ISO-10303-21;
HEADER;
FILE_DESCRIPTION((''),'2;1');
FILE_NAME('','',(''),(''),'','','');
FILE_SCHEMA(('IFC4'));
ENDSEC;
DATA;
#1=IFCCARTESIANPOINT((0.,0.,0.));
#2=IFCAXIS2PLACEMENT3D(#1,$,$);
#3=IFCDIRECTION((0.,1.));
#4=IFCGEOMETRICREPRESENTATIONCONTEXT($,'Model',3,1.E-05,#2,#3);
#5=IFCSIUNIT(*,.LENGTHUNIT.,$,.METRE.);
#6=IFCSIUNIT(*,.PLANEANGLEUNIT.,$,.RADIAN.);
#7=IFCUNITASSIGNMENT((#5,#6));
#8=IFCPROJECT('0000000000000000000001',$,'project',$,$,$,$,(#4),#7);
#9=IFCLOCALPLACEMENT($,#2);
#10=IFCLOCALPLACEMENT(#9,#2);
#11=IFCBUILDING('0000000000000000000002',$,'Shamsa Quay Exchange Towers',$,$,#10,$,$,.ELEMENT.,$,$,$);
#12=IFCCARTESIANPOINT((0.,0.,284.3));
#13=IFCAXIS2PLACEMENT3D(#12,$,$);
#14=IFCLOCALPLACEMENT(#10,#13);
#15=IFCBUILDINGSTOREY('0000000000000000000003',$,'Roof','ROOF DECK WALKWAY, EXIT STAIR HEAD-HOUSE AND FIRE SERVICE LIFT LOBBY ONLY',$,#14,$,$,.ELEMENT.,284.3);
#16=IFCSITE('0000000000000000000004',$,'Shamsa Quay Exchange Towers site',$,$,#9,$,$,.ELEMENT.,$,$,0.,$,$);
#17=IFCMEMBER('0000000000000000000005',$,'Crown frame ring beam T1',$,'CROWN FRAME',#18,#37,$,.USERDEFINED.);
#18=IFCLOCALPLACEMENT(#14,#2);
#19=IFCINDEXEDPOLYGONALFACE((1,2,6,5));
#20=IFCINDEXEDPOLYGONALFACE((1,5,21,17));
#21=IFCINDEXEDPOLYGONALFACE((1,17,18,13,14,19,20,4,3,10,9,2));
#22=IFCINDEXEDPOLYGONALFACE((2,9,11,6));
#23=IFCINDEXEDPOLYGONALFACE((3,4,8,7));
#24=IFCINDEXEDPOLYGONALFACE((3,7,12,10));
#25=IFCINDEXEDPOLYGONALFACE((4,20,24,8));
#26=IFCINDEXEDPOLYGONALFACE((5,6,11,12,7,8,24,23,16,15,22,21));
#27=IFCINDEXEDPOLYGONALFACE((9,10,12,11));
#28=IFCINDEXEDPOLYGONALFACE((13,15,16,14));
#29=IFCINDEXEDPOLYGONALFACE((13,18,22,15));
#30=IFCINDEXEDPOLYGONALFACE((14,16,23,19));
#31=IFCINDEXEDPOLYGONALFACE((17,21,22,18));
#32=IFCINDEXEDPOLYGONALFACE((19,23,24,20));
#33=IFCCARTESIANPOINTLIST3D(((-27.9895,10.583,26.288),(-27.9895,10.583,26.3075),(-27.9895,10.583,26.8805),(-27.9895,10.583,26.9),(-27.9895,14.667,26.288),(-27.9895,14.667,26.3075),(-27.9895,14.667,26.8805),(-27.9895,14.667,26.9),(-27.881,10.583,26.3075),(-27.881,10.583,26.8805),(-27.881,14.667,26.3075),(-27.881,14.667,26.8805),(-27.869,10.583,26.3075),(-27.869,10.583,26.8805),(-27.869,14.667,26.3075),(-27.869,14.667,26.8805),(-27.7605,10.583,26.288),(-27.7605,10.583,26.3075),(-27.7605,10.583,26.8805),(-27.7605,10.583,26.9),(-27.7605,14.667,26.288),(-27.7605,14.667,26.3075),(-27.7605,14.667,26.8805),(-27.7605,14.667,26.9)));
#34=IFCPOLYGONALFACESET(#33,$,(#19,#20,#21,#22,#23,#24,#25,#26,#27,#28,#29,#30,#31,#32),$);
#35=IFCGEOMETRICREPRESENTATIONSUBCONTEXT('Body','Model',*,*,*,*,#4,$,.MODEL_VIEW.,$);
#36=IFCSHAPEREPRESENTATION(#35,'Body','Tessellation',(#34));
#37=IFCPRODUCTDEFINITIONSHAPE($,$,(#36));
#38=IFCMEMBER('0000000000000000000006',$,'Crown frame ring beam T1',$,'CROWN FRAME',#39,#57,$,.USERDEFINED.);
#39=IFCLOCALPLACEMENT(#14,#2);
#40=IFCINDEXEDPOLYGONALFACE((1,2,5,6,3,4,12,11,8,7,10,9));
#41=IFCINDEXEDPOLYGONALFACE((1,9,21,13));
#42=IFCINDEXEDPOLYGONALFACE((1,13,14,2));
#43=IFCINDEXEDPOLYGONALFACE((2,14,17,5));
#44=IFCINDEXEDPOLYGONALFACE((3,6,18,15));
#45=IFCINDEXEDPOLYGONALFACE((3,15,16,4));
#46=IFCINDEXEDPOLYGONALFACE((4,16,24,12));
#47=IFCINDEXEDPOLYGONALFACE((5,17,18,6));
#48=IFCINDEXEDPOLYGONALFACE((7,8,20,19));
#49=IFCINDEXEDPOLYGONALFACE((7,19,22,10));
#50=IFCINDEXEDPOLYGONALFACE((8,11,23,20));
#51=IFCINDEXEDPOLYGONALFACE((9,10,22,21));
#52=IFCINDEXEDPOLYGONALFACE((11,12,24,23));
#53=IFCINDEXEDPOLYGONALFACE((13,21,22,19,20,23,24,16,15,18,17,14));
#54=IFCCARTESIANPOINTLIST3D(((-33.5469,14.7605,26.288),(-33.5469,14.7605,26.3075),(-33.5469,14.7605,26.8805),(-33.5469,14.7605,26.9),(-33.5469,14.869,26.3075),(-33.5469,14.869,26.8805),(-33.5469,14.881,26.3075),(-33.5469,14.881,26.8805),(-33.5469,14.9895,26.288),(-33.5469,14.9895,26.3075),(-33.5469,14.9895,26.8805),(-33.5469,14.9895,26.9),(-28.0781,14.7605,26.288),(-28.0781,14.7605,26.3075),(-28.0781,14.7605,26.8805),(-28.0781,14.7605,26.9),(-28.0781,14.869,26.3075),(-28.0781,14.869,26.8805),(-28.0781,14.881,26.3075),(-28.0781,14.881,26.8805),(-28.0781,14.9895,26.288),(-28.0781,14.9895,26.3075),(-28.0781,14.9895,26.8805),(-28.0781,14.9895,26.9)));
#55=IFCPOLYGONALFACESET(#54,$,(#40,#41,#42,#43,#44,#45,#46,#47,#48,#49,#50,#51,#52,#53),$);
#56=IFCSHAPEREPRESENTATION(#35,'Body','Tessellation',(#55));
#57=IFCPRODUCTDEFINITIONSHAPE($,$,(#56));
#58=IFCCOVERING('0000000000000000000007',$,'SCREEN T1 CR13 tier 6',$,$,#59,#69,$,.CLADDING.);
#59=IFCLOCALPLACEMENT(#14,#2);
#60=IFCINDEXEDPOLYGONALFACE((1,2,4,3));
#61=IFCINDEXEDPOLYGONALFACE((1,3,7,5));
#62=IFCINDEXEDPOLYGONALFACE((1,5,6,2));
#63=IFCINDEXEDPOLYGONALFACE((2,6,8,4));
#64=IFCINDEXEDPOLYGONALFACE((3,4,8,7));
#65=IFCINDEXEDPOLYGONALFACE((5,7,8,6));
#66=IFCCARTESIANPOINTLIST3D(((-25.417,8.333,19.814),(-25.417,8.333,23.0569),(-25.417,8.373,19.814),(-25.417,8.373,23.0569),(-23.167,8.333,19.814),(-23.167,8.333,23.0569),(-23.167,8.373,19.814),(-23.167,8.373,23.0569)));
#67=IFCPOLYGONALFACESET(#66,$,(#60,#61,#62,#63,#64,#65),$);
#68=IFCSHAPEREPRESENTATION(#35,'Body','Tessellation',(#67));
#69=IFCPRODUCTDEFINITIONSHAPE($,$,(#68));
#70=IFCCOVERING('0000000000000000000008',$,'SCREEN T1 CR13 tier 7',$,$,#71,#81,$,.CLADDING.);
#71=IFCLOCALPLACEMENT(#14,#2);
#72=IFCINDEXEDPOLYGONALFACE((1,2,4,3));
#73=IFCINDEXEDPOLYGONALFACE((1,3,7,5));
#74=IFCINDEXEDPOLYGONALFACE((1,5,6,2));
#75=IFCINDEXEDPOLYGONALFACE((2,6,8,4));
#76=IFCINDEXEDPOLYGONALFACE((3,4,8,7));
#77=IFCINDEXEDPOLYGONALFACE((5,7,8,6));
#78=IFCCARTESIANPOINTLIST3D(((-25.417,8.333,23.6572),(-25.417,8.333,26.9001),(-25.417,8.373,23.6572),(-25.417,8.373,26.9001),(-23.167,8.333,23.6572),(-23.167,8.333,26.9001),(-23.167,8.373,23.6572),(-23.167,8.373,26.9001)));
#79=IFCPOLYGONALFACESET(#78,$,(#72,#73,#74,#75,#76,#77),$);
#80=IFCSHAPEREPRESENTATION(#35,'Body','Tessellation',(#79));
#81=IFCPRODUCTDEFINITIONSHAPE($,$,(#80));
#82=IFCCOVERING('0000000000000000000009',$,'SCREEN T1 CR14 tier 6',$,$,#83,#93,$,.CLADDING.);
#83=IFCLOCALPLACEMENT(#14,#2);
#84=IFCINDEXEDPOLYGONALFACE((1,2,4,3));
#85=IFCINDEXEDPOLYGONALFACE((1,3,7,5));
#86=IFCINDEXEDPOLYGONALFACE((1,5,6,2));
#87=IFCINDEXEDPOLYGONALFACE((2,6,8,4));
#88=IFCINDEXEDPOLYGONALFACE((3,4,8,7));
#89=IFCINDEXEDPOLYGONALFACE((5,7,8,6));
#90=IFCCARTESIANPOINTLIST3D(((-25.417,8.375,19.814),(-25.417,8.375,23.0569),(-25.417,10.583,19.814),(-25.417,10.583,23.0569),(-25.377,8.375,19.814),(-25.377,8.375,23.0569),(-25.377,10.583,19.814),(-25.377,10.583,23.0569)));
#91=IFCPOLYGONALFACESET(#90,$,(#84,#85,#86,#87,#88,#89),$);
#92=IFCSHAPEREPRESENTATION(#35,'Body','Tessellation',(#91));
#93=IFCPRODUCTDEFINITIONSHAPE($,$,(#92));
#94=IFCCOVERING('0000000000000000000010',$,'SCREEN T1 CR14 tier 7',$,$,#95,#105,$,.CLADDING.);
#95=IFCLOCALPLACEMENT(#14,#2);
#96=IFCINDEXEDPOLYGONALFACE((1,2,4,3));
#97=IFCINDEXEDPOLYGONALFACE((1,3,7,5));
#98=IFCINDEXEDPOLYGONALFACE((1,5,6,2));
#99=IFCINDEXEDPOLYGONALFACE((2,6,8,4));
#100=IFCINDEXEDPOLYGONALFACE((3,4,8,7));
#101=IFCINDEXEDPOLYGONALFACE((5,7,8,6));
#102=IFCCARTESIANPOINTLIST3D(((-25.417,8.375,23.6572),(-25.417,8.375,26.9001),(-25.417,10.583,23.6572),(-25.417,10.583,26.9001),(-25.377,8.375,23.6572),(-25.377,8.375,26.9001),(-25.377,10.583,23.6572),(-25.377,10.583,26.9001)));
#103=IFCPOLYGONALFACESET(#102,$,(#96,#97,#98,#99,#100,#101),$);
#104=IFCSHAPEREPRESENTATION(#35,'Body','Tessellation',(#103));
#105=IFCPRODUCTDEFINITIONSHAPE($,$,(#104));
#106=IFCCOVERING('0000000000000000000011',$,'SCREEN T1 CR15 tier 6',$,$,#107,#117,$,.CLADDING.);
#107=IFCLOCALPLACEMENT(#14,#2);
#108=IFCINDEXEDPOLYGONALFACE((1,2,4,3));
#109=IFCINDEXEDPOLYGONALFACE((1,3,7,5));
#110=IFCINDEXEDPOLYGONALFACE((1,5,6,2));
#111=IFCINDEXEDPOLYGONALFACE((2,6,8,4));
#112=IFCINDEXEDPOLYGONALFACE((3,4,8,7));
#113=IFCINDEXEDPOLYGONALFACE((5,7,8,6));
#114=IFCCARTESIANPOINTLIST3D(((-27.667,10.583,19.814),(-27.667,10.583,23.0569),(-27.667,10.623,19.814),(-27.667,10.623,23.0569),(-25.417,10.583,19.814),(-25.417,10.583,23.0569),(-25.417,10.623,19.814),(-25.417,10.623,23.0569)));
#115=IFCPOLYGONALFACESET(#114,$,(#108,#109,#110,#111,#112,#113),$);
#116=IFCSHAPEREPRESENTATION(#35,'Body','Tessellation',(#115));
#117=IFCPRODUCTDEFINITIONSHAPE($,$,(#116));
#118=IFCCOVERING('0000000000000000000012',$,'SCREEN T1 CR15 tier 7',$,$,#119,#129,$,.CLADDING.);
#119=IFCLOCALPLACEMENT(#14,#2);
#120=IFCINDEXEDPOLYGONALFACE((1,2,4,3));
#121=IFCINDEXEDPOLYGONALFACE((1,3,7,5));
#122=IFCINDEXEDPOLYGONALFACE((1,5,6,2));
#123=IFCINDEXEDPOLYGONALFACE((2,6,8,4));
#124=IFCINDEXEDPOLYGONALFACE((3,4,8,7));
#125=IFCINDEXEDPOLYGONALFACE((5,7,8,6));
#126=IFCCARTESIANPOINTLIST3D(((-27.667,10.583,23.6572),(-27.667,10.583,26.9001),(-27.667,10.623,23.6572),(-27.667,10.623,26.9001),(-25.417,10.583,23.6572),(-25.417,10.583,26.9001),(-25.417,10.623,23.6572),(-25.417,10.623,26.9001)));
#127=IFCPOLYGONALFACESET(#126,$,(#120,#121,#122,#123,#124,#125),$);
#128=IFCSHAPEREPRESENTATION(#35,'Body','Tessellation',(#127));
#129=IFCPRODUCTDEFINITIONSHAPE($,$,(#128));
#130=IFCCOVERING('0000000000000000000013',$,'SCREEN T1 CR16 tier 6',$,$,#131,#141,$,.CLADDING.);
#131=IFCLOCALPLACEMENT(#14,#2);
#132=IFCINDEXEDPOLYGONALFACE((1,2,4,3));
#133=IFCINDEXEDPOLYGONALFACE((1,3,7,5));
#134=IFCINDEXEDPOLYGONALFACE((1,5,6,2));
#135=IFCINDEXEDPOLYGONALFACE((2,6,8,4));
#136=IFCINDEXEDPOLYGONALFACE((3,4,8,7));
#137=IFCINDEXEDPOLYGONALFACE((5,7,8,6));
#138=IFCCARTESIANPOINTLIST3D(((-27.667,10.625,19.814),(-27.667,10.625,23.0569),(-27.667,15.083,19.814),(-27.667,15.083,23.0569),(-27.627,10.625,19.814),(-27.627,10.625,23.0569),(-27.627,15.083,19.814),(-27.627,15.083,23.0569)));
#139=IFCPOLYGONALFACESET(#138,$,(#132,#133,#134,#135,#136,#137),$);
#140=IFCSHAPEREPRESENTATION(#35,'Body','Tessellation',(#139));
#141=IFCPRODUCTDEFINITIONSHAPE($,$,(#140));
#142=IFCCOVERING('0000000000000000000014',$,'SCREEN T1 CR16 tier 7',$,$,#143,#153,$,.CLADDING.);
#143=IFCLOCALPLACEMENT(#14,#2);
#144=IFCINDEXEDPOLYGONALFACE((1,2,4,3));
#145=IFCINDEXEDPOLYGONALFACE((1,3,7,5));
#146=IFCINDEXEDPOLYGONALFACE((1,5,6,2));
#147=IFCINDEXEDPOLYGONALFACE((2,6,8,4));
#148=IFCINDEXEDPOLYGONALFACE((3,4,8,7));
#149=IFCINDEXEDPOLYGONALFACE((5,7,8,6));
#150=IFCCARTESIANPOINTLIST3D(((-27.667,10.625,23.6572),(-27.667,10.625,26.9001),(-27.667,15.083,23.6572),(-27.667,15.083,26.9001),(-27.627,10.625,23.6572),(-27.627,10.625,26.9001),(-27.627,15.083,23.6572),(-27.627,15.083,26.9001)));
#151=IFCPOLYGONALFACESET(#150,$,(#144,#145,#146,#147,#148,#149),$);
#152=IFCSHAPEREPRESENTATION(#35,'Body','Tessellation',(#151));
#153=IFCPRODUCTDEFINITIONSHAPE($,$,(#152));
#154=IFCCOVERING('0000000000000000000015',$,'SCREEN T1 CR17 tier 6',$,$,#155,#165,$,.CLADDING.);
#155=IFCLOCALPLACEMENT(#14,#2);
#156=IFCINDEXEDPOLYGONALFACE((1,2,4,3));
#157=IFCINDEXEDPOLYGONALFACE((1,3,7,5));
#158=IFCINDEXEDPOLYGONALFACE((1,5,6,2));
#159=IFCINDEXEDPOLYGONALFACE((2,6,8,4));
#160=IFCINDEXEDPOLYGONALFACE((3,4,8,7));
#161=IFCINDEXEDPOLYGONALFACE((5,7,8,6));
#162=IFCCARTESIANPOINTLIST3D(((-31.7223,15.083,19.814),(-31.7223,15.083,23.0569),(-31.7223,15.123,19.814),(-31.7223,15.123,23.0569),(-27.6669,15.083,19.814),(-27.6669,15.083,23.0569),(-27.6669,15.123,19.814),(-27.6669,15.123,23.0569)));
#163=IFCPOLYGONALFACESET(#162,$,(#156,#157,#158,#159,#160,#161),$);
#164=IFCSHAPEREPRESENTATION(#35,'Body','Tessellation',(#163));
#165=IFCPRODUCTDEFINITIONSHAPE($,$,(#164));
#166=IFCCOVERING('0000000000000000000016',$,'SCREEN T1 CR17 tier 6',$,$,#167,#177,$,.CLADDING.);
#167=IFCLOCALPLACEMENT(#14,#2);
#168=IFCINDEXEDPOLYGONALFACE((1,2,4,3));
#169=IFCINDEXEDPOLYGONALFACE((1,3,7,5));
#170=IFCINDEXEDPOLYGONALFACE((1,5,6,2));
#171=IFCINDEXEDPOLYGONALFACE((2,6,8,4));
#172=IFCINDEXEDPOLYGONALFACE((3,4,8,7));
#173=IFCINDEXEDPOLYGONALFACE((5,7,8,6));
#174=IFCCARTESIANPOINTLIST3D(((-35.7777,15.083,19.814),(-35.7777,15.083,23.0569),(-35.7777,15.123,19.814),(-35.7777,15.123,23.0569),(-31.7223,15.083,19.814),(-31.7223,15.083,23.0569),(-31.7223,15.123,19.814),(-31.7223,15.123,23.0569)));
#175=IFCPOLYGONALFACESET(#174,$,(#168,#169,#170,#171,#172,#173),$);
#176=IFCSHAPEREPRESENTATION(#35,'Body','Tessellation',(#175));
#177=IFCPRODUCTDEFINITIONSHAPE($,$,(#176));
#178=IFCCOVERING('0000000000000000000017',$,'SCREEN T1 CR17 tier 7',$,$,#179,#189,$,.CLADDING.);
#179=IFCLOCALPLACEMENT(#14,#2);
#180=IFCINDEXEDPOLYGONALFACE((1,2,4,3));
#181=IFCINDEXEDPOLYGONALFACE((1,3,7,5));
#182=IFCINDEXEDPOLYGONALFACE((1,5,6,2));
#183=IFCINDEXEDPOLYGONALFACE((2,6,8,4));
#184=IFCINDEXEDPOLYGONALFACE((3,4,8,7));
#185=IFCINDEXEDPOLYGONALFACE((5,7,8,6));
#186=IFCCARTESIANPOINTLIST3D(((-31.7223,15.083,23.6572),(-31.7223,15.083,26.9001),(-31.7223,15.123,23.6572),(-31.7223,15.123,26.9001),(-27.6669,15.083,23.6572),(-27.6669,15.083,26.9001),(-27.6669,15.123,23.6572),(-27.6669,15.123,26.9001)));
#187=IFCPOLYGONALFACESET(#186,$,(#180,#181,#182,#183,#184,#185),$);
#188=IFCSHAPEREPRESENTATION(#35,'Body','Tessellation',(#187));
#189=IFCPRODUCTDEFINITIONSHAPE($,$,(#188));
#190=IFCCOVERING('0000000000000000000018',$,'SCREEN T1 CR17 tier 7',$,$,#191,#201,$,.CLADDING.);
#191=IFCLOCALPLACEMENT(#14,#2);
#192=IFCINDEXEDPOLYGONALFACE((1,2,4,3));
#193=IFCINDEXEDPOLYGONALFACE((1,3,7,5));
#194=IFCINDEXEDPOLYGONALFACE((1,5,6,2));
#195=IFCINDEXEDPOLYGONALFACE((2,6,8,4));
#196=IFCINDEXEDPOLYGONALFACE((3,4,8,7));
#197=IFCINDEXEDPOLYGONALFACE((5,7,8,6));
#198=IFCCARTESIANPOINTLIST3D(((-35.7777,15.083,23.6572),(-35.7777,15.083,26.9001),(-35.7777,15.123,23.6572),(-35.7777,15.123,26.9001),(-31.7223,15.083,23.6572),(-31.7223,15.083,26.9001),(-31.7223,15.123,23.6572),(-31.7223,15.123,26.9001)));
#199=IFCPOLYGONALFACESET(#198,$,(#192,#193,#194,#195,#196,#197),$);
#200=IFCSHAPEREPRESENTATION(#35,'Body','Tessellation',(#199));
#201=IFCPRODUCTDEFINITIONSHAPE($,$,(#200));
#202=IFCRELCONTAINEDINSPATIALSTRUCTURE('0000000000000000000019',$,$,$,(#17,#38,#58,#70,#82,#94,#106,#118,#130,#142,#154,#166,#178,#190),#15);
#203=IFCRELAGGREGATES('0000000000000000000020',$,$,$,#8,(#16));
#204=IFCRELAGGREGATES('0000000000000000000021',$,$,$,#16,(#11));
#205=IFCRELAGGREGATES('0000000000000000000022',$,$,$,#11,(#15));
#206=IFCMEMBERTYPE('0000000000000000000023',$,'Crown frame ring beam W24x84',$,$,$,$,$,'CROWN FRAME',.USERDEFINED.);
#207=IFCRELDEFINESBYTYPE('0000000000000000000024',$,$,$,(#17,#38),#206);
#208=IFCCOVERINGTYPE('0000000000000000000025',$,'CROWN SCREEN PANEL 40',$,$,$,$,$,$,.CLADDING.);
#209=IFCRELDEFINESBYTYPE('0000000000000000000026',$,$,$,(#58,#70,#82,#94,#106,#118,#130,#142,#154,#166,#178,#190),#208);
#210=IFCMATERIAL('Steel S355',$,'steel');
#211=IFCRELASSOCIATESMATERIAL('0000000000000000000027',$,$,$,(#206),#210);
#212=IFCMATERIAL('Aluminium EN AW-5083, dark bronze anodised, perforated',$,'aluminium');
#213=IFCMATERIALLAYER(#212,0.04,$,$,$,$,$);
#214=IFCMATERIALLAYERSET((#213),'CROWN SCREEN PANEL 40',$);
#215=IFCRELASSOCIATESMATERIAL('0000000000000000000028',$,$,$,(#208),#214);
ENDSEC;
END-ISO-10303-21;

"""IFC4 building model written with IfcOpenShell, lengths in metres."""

from ifc_helpers import new_model, si_unit, direction, frame, origin, origin_2d, place, context, subcontext, project, spatial, rectangle, i_section, extrude, material, layer, layer_set, material_profile, profile_set, type_object, element, save


model = new_model("IFC4")

# Units and contexts
model_context = context("Model", 3, precision=1e-05, world=origin(), true_north=direction((0.0, 1.0)))
body_context = subcontext(model_context, "Body", "Model", "MODEL_VIEW")
ifc_project = project(units=[si_unit("LENGTHUNIT", "METRE"), si_unit("PLANEANGLEUNIT", "RADIAN")], contexts=[model_context])

# Site, building, storey
site_placement = place(None, origin())
site = spatial("IfcSite", under=ifc_project, at=site_placement, Name="Shamsa Quay Exchange Towers site", CompositionType="ELEMENT", RefElevation=0.0)
building_placement = place(site_placement, origin())
building = spatial("IfcBuilding", under=site, at=building_placement, Name="Shamsa Quay Exchange Towers", CompositionType="ELEMENT")
storey_placement = place(building_placement, frame((0.0, 0.0, 284.3)))
storey = spatial("IfcBuildingStorey", under=building, at=storey_placement, Name="Roof", Description="ROOF DECK WALKWAY, EXIT STAIR HEAD-HOUSE AND FIRE SERVICE LIFT LOBBY ONLY", CompositionType="ELEMENT", Elevation=284.3)

# Members
ifc_material_1 = material(Name="Steel S355", Category="steel")
ifc_material_profile_1 = material_profile(ifc_material_1, i_section(OverallWidth=0.229, OverallDepth=0.6121, WebThickness=0.012, FlangeThickness=0.0195, at=origin_2d()), Name="W24x84")
ifc_profile_set_1 = profile_set([ifc_material_profile_1], Name="Steel S355")
member_type_1 = type_object("IfcMemberType", Name="Crown frame ring beam W24x84", ElementType="CROWN FRAME", PredefinedType="USERDEFINED", material=ifc_profile_set_1)
member_1_placement = place(storey_placement, frame((-27.875, 10.583, 26.594), z_axis=(0.0, 1.0, 0.0), x_axis=(-1.0, 0.0, 0.0)))
element("IfcMember", 1, at=member_1_placement, inside=storey, type_object=member_type_1, Name="Crown frame ring beam T1", ObjectType="CROWN FRAME", PredefinedType="USERDEFINED", context=body_context, shape_type="SweptSolid", body=[
    extrude(i_section(OverallWidth=0.229, OverallDepth=0.6121, WebThickness=0.012, FlangeThickness=0.0195, at=origin_2d()), origin(), (0.0, 0.0, 1.0), 4.084),
])
member_2_placement = place(storey_placement, frame((-28.0781, 14.875, 26.594), z_axis=(-1.0, 0.0, 0.0), x_axis=(0.0, -1.0, 0.0)))
element("IfcMember", 2, at=member_2_placement, inside=storey, type_object=member_type_1, Name="Crown frame ring beam T1", ObjectType="CROWN FRAME", PredefinedType="USERDEFINED", context=body_context, shape_type="SweptSolid", body=[
    extrude(i_section(OverallWidth=0.229, OverallDepth=0.6121, WebThickness=0.012, FlangeThickness=0.0195, at=origin_2d()), origin(), (0.0, 0.0, 1.0), 5.4688),
])

# Coverings
ifc_material_2 = material(Name="Aluminium EN AW-5083, dark bronze anodised, perforated", Category="aluminium")
ifc_layer = layer(ifc_material_2, 0.04)
ifc_layer_set = layer_set([ifc_layer], Name="CROWN SCREEN PANEL 40")
covering_type = type_object("IfcCoveringType", Name="CROWN SCREEN PANEL 40", PredefinedType="CLADDING", material=ifc_layer_set)
for number, where, z_axis, x_axis, name in (
    (3, (-24.292, 8.353, 19.814), (0.0, 0.0, 1.0), (-1.0, 0.0, 0.0), "SCREEN T1 CR13 tier 6"),
    (4, (-24.292, 8.353, 23.6572), (0.0, 0.0, 1.0), (-1.0, 0.0, 0.0), "SCREEN T1 CR13 tier 7"),
):
    element("IfcCovering", number, at=place(storey_placement, frame(where, z_axis=z_axis, x_axis=x_axis)), inside=storey, type_object=covering_type, Name=name, PredefinedType="CLADDING", context=body_context, shape_type="SweptSolid", body=[
        extrude(rectangle(XDim=2.25, YDim=0.04, at=origin_2d()), origin(), (0.0, 0.0, 1.0), 3.2429),
    ])
for number, where, z_axis, x_axis, name in (
    (5, (-25.397, 9.479, 19.814), (0.0, 0.0, 1.0), (0.0, 1.0, 0.0), "SCREEN T1 CR14 tier 6"),
    (6, (-25.397, 9.479, 23.6572), (0.0, 0.0, 1.0), (0.0, 1.0, 0.0), "SCREEN T1 CR14 tier 7"),
):
    element("IfcCovering", number, at=place(storey_placement, frame(where, z_axis=z_axis, x_axis=x_axis)), inside=storey, type_object=covering_type, Name=name, PredefinedType="CLADDING", context=body_context, shape_type="SweptSolid", body=[
        extrude(rectangle(XDim=2.208, YDim=0.04, at=origin_2d()), origin(), (0.0, 0.0, 1.0), 3.2429),
    ])
for number, where, z_axis, x_axis, name in (
    (7, (-26.542, 10.603, 19.814), (0.0, 0.0, 1.0), (-1.0, 0.0, 0.0), "SCREEN T1 CR15 tier 6"),
    (8, (-26.542, 10.603, 23.6572), (0.0, 0.0, 1.0), (-1.0, 0.0, 0.0), "SCREEN T1 CR15 tier 7"),
):
    element("IfcCovering", number, at=place(storey_placement, frame(where, z_axis=z_axis, x_axis=x_axis)), inside=storey, type_object=covering_type, Name=name, PredefinedType="CLADDING", context=body_context, shape_type="SweptSolid", body=[
        extrude(rectangle(XDim=2.25, YDim=0.04, at=origin_2d()), origin(), (0.0, 0.0, 1.0), 3.2429),
    ])
for number, where, z_axis, x_axis, name in (
    (9, (-27.647, 12.854, 19.814), (0.0, 0.0, 1.0), (0.0, 1.0, 0.0), "SCREEN T1 CR16 tier 6"),
    (10, (-27.647, 12.854, 23.6572), (0.0, 0.0, 1.0), (0.0, 1.0, 0.0), "SCREEN T1 CR16 tier 7"),
):
    element("IfcCovering", number, at=place(storey_placement, frame(where, z_axis=z_axis, x_axis=x_axis)), inside=storey, type_object=covering_type, Name=name, PredefinedType="CLADDING", context=body_context, shape_type="SweptSolid", body=[
        extrude(rectangle(XDim=4.458, YDim=0.04, at=origin_2d()), origin(), (0.0, 0.0, 1.0), 3.2429),
    ])
for number, where, z_axis, x_axis, name in (
    (11, (-29.6946, 15.103, 19.814), (0.0, 0.0, 1.0), (-1.0, 0.0, 0.0), "SCREEN T1 CR17 tier 6"),
    (12, (-33.75, 15.103, 19.814), (0.0, 0.0, 1.0), (-1.0, 0.0, 0.0), "SCREEN T1 CR17 tier 6"),
    (13, (-29.6946, 15.103, 23.6572), (0.0, 0.0, 1.0), (-1.0, 0.0, 0.0), "SCREEN T1 CR17 tier 7"),
    (14, (-33.75, 15.103, 23.6572), (0.0, 0.0, 1.0), (-1.0, 0.0, 0.0), "SCREEN T1 CR17 tier 7"),
):
    element("IfcCovering", number, at=place(storey_placement, frame(where, z_axis=z_axis, x_axis=x_axis)), inside=storey, type_object=covering_type, Name=name, PredefinedType="CLADDING", context=body_context, shape_type="SweptSolid", body=[
        extrude(rectangle(XDim=4.0554, YDim=0.04, at=origin_2d()), origin(), (0.0, 0.0, 1.0), 3.2429),
    ])

save(model, "model.ifc")
